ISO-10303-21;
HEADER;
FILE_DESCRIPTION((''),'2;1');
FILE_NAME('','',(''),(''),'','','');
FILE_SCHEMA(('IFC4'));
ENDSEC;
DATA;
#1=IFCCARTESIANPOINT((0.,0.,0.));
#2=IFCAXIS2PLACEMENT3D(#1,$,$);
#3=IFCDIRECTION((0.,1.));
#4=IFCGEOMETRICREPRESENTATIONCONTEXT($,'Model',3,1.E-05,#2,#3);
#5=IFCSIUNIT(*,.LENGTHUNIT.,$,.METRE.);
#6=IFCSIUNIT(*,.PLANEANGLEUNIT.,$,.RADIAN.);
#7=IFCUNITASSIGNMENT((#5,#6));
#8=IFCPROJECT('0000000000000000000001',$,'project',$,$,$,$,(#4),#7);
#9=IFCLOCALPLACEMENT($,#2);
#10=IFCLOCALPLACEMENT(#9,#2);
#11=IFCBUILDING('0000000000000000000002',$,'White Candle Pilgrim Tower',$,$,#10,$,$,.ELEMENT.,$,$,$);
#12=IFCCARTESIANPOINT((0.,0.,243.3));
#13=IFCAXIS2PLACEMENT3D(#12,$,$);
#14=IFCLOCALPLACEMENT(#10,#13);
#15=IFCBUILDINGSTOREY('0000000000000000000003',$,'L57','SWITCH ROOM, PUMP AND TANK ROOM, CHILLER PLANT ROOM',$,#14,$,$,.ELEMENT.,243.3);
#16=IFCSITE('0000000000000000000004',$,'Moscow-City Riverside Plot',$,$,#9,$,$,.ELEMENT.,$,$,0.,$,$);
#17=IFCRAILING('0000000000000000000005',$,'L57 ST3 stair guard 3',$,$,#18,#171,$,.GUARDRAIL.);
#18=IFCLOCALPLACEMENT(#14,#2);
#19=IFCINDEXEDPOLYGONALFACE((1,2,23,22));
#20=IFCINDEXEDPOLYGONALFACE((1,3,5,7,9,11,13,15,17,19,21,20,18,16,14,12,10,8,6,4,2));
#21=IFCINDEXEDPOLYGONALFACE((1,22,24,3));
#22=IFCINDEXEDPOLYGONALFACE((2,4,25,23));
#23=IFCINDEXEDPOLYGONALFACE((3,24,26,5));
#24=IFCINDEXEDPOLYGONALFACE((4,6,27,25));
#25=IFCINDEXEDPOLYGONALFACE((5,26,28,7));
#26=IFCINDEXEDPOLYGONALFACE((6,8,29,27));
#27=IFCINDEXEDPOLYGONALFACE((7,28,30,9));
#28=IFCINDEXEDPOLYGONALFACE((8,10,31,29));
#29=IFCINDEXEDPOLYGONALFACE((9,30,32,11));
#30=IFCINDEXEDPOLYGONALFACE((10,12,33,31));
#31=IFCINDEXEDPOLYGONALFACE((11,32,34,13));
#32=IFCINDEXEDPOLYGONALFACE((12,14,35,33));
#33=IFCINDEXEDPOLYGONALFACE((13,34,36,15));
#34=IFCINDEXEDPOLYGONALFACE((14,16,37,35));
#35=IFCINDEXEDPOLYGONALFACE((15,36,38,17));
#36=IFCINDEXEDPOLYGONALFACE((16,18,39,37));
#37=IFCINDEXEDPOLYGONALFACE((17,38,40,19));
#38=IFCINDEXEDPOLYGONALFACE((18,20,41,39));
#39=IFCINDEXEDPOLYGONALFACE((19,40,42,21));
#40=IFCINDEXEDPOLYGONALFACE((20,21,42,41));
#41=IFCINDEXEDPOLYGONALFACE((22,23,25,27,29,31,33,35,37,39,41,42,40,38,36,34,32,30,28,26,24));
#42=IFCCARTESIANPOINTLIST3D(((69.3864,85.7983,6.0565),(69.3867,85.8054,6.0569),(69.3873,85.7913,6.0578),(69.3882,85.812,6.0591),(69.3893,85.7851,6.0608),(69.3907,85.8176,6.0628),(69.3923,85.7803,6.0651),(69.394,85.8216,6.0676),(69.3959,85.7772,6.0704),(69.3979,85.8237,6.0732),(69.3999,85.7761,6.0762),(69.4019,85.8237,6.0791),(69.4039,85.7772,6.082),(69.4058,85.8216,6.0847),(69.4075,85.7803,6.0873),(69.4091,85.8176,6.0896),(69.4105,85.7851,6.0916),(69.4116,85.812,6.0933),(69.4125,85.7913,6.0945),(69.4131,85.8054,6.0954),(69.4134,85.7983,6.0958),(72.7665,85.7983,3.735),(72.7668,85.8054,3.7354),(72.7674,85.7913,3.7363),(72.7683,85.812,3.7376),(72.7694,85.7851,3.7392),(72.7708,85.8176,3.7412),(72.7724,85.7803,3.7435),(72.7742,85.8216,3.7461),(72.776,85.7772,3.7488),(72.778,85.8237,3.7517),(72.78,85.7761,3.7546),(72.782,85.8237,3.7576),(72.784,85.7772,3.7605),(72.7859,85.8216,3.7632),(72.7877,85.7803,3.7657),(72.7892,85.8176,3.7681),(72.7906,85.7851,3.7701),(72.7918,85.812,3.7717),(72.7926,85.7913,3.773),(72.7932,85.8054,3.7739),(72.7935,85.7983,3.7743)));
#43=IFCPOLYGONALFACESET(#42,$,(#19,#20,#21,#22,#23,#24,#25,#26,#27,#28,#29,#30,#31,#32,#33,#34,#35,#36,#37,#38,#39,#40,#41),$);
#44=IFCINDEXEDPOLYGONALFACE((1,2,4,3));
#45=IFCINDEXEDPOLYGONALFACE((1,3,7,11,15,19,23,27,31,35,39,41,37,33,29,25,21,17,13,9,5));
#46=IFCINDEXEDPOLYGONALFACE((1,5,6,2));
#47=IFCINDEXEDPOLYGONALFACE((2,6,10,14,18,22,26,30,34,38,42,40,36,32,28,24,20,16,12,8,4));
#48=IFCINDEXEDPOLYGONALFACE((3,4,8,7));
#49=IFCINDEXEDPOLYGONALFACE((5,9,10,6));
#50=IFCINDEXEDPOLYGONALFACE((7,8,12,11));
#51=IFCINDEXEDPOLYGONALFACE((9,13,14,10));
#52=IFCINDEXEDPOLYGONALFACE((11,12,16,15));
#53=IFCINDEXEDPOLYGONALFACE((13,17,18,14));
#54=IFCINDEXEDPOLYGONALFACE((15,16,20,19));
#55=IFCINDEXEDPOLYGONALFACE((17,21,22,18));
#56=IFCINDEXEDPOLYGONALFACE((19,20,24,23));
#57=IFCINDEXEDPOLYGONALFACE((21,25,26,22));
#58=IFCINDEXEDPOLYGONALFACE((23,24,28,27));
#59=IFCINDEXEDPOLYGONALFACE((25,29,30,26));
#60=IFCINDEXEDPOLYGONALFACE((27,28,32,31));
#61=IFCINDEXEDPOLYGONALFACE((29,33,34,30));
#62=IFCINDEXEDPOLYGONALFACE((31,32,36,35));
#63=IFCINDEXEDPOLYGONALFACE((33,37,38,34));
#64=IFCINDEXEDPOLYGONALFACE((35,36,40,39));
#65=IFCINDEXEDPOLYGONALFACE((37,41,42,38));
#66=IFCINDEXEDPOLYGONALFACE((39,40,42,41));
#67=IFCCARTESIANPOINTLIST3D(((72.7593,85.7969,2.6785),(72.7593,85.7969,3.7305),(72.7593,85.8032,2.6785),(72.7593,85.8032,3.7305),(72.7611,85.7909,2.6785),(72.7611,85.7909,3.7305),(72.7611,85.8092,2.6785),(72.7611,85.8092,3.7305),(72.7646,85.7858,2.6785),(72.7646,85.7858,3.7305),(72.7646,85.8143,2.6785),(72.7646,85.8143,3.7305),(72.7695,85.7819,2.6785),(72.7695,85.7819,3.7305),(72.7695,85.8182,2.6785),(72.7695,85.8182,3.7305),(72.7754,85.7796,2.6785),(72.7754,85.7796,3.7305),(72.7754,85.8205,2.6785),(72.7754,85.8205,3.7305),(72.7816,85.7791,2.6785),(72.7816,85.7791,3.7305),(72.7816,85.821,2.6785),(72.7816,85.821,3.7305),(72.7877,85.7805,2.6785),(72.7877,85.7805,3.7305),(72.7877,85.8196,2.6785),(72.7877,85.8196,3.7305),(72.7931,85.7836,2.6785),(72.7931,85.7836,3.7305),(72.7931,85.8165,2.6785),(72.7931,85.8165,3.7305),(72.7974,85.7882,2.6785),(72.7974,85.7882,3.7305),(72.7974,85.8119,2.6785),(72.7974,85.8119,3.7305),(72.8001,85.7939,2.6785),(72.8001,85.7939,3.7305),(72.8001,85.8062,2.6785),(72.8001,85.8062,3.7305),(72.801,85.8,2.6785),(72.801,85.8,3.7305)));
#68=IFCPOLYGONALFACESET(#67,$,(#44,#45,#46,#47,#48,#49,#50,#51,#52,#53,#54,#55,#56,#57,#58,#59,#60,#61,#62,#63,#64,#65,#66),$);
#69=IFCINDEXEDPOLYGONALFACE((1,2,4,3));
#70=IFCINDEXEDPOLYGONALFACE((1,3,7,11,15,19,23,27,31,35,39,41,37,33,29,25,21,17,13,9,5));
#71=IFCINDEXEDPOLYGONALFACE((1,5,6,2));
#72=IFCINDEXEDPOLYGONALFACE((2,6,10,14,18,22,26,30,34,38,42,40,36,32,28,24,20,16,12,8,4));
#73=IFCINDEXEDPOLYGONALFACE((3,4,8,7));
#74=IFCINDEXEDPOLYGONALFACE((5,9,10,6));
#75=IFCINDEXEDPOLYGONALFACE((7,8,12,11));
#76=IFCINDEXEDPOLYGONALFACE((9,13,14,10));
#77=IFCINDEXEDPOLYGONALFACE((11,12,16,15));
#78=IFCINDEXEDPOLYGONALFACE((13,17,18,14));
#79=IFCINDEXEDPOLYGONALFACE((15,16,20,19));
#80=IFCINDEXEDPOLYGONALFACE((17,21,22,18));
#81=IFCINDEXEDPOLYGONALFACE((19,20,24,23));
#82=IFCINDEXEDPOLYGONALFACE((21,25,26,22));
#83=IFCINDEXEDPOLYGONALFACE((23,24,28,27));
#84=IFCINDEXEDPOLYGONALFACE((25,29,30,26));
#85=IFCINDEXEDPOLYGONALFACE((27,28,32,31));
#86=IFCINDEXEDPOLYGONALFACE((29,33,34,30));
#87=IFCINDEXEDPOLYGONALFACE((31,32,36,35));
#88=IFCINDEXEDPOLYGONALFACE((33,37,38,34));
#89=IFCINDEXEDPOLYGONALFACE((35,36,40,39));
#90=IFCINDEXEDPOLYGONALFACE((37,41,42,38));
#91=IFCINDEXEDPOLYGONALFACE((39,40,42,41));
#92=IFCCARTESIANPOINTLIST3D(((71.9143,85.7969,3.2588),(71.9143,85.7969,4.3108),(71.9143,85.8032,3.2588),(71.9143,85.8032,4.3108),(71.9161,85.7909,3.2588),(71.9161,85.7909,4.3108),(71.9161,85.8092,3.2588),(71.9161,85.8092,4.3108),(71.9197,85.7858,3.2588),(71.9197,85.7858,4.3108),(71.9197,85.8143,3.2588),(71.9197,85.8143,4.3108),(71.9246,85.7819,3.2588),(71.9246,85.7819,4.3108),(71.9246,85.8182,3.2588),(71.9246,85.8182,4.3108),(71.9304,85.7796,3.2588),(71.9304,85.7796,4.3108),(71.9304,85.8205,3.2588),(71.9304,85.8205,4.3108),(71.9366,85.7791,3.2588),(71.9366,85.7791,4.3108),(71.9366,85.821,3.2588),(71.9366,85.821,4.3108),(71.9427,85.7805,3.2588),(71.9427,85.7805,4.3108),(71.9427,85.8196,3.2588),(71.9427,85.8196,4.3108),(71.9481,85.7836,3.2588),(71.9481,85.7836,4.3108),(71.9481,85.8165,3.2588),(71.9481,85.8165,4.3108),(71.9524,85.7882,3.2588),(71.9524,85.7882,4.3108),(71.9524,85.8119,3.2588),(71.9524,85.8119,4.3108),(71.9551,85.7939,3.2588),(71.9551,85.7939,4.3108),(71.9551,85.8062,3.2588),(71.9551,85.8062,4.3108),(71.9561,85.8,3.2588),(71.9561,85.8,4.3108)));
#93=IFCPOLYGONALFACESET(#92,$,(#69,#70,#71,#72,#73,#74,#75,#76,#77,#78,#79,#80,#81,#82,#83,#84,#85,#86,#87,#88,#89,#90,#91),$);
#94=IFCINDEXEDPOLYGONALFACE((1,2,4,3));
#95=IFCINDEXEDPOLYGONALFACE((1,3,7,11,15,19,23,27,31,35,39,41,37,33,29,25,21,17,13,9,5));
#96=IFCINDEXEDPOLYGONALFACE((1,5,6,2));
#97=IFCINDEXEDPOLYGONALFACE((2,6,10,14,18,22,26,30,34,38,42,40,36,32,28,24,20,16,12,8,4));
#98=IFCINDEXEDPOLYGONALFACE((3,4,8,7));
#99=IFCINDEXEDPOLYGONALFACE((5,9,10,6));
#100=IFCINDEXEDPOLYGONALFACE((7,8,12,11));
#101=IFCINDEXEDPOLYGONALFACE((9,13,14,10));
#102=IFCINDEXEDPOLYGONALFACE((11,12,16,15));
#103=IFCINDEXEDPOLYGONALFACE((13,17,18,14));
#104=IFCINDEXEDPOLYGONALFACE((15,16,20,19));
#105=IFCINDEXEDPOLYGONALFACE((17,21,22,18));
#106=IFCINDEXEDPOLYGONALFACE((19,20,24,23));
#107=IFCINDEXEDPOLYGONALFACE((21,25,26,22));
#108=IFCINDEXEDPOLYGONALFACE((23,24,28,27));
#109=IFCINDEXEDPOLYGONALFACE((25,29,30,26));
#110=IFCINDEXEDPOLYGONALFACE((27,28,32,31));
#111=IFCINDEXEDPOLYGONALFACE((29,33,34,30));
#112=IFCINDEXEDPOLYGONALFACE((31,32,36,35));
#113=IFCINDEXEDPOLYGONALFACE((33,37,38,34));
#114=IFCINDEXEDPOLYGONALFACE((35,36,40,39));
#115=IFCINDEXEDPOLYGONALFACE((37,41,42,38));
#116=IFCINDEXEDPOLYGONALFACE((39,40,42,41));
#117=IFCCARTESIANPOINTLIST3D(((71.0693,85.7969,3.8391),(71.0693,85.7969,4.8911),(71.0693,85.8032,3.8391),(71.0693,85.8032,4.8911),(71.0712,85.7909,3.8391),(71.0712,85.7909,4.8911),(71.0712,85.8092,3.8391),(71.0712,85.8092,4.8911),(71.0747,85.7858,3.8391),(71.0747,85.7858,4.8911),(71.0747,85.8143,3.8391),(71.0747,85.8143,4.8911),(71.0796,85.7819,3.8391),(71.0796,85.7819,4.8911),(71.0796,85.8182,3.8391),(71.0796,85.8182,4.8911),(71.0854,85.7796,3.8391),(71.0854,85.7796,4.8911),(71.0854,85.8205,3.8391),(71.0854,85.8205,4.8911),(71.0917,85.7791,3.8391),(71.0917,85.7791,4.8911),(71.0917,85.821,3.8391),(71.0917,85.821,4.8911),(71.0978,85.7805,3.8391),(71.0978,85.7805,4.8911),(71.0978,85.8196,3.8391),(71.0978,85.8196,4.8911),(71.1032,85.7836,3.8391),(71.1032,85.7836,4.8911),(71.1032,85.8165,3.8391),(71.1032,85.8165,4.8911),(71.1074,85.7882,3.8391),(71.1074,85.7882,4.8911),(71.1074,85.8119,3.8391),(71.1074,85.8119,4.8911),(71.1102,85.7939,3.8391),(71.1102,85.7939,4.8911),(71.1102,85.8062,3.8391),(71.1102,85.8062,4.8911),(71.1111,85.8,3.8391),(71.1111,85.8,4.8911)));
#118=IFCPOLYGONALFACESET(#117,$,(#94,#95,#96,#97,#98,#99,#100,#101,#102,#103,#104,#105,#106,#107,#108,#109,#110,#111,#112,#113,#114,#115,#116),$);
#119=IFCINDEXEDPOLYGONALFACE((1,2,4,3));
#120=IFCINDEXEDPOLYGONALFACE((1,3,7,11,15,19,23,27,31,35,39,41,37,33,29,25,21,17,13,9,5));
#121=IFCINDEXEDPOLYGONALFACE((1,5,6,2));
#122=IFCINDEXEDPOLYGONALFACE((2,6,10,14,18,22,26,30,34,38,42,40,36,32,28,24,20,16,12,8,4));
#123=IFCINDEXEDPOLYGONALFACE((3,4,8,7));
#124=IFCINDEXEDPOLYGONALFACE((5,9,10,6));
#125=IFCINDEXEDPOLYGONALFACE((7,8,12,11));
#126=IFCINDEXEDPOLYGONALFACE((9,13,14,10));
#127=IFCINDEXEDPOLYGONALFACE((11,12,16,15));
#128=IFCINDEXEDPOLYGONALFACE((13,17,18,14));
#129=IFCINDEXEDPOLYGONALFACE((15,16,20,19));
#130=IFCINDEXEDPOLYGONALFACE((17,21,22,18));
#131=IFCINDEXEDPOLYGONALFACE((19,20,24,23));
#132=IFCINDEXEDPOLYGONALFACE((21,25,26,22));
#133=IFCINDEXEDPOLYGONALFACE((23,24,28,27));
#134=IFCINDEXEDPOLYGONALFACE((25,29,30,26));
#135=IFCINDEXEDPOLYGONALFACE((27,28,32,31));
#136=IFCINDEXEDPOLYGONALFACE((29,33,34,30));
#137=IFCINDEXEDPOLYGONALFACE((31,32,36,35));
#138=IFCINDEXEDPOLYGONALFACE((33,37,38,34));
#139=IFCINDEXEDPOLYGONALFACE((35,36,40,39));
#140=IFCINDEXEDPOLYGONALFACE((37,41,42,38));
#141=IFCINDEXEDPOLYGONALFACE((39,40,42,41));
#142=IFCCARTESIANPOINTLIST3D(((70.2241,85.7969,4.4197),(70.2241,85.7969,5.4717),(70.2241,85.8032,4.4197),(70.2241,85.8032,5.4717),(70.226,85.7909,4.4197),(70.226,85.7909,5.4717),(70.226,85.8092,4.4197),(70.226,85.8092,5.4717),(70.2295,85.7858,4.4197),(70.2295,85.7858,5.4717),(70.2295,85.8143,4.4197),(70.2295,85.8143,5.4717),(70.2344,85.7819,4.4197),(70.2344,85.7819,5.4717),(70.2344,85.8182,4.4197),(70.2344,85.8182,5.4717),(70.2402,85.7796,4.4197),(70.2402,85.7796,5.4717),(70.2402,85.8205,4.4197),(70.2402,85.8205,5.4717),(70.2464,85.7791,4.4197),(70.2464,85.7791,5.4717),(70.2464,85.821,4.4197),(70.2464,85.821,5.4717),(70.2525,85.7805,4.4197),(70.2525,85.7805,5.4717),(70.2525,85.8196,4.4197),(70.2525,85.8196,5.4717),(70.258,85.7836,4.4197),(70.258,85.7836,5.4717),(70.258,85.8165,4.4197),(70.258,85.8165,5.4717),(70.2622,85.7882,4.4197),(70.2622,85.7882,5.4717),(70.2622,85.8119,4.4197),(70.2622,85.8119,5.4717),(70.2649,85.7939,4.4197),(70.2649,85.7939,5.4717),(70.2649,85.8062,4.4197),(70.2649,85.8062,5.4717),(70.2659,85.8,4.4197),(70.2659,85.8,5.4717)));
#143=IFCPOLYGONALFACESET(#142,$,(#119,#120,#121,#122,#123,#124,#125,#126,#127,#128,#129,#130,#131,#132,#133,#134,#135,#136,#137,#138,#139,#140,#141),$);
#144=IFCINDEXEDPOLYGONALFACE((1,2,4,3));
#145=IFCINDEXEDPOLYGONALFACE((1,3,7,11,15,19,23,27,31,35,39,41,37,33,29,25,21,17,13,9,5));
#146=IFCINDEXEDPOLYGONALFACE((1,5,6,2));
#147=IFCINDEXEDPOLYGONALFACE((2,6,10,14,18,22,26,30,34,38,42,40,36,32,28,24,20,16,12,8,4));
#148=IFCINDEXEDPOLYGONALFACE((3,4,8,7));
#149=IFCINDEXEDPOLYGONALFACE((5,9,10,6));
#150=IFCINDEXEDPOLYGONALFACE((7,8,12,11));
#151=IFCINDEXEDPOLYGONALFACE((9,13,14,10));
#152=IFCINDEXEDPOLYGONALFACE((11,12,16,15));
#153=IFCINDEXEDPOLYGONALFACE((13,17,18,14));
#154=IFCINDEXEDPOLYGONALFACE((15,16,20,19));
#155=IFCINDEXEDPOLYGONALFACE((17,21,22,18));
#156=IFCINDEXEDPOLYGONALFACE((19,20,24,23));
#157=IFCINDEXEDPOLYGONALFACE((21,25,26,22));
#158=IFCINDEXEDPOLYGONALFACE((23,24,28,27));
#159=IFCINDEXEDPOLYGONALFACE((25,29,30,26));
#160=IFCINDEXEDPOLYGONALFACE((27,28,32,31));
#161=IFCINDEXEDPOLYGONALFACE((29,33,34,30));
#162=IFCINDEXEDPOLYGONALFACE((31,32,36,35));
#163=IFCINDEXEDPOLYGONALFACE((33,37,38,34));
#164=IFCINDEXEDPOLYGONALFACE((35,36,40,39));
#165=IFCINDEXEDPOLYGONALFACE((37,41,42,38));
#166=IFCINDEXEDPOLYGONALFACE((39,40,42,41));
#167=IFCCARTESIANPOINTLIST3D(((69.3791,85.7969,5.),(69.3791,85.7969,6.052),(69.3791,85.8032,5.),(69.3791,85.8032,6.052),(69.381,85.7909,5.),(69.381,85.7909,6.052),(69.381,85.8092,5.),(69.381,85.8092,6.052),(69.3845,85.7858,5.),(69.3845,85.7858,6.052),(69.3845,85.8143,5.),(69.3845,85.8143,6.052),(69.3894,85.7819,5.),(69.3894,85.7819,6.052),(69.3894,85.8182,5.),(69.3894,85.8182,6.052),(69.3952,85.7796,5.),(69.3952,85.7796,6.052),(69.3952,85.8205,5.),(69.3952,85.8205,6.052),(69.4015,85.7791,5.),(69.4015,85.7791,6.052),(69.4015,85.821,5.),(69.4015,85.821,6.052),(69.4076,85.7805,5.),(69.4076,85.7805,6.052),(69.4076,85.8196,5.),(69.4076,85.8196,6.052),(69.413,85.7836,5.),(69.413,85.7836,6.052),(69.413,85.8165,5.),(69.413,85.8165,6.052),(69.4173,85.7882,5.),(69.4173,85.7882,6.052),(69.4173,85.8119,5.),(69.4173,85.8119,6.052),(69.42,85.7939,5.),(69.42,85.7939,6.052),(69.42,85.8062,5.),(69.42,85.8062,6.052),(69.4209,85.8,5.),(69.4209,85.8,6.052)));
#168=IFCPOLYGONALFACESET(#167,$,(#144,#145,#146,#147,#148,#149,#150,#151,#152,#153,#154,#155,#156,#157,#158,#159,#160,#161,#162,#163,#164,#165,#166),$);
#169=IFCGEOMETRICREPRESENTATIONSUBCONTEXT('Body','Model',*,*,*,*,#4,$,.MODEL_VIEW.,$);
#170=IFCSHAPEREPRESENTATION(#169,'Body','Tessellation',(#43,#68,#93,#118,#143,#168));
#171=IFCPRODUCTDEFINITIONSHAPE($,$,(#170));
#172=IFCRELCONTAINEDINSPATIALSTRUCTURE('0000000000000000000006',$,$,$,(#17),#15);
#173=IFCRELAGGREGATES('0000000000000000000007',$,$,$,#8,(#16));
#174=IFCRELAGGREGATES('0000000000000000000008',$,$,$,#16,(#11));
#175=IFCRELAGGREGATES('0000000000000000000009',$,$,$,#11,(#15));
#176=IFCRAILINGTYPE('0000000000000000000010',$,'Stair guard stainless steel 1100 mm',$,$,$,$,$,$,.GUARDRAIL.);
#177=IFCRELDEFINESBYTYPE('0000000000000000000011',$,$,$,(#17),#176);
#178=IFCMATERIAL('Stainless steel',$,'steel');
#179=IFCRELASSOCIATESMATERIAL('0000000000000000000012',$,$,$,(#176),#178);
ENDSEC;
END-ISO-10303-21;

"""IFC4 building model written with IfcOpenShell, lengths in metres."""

from ifc_helpers import new_model, si_unit, direction, frame, origin, origin_2d, place, context, subcontext, project, spatial, circle, extrude, material, type_object, element, save


model = new_model("IFC4")

# Units and contexts
model_context = context("Model", 3, precision=1e-05, world=origin(), true_north=direction((0.0, 1.0)))
body_context = subcontext(model_context, "Body", "Model", "MODEL_VIEW")
ifc_project = project(units=[si_unit("LENGTHUNIT", "METRE"), si_unit("PLANEANGLEUNIT", "RADIAN")], contexts=[model_context])

# Site, building, storey
site_placement = place(None, origin())
site = spatial("IfcSite", under=ifc_project, at=site_placement, Name="Moscow-City Riverside Plot", CompositionType="ELEMENT", RefElevation=0.0)
building_placement = place(site_placement, origin())
building = spatial("IfcBuilding", under=site, at=building_placement, Name="White Candle Pilgrim Tower", CompositionType="ELEMENT")
storey_placement = place(building_placement, frame((0.0, 0.0, 243.3)))
storey = spatial("IfcBuildingStorey", under=building, at=storey_placement, Name="L57", Description="SWITCH ROOM, PUMP AND TANK ROOM, CHILLER PLANT ROOM", CompositionType="ELEMENT", Elevation=243.3)

# Shared definitions
ifc_material_1 = material(Name="Stainless steel", Category="steel")

# Railing
railing_type_1 = type_object("IfcRailingType", Name="Stair guard stainless steel 1100 mm", PredefinedType="GUARDRAIL", material=ifc_material_1)
railing_1_placement = place(storey_placement, frame((72.78, 85.8, 2.6785)))
element("IfcRailing", 1, at=railing_1_placement, inside=storey, type_object=railing_type_1, Name="L57 ST3 stair guard 3", PredefinedType="GUARDRAIL", context=body_context, shape_type="SweptSolid", body=[
    extrude(circle(Radius=0.0239, at=origin_2d()), frame((0.0, 0.0, 1.0762), z_axis=(-0.824304, 0.0, 0.566147), x_axis=(0.0, -1.0, 0.0)), (0.0, 0.0, 1.0), 4.1006),
    extrude(circle(Radius=0.021, at=origin_2d()), origin(), (0.0, 0.0, 1.0), 1.052),
    extrude(circle(Radius=0.021, at=origin_2d()), frame((-0.845, 0.0, 0.5803)), (0.0, 0.0, 1.0), 1.052),
    extrude(circle(Radius=0.021, at=origin_2d()), frame((-1.6899, 0.0, 1.1606)), (0.0, 0.0, 1.0), 1.052),
    extrude(circle(Radius=0.021, at=origin_2d()), frame((-2.5352, 0.0, 1.7412)), (0.0, 0.0, 1.0), 1.052),
    extrude(circle(Radius=0.021, at=origin_2d()), frame((-3.3801, 0.0, 2.3215)), (0.0, 0.0, 1.0), 1.052),
])

save(model, "model.ifc")
